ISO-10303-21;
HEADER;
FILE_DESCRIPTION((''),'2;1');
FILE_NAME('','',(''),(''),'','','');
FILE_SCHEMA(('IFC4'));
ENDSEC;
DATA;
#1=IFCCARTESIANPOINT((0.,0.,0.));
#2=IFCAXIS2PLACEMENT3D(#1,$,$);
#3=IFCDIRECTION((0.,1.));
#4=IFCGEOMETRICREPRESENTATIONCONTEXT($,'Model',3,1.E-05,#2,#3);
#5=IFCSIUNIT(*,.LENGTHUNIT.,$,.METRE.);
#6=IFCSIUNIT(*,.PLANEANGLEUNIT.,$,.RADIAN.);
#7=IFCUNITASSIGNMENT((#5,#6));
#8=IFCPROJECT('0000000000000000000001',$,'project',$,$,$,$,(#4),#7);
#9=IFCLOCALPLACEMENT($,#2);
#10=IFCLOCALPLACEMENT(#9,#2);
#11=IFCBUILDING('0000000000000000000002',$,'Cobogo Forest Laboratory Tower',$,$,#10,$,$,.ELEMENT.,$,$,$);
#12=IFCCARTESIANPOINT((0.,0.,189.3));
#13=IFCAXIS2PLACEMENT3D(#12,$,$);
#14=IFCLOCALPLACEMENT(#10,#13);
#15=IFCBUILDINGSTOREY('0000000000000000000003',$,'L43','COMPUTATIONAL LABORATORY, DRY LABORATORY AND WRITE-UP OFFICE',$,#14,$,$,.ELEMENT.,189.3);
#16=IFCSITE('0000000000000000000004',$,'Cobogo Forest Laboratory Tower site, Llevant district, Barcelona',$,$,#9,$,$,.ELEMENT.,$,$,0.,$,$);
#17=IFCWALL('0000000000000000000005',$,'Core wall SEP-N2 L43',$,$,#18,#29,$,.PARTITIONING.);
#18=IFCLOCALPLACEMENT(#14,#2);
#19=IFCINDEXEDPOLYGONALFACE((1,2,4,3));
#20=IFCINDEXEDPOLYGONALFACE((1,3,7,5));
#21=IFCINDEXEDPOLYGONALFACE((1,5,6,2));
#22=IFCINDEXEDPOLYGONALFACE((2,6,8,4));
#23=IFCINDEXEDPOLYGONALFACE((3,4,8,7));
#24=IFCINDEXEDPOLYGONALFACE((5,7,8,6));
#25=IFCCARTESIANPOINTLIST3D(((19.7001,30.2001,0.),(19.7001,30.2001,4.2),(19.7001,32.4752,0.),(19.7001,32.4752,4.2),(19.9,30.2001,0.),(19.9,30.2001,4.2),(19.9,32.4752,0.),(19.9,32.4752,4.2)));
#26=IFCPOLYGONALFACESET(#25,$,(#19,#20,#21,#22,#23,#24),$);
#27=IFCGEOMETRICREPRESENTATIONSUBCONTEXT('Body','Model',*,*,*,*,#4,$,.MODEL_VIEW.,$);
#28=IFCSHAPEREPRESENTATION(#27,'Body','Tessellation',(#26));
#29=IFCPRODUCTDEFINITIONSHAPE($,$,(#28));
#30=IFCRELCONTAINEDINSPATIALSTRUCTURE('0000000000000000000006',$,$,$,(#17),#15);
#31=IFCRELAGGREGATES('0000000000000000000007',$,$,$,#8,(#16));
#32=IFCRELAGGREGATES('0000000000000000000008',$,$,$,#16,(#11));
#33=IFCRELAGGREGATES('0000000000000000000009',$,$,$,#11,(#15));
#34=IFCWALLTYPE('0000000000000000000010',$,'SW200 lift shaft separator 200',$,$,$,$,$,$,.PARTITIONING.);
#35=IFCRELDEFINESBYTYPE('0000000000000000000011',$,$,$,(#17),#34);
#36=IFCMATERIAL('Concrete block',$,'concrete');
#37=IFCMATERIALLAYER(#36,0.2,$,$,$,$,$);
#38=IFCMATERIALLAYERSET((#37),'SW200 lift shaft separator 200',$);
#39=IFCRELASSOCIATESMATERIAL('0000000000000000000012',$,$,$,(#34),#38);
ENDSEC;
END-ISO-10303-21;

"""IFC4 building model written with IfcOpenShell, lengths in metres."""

from ifc_helpers import new_model, si_unit, direction, frame, frame_2d, origin, place, context, subcontext, project, spatial, rectangle, extrude, material, layer, layer_set, type_object, element, save


model = new_model("IFC4")

# Units and contexts
model_context = context("Model", 3, precision=1e-05, world=origin(), true_north=direction((0.0, 1.0)))
body_context = subcontext(model_context, "Body", "Model", "MODEL_VIEW")
ifc_project = project(units=[si_unit("LENGTHUNIT", "METRE"), si_unit("PLANEANGLEUNIT", "RADIAN")], contexts=[model_context])

# Site, building, storey
site_placement = place(None, origin())
site = spatial("IfcSite", under=ifc_project, at=site_placement, Name="Cobogo Forest Laboratory Tower site, Llevant district, Barcelona", CompositionType="ELEMENT", RefElevation=0.0)
building_placement = place(site_placement, origin())
building = spatial("IfcBuilding", under=site, at=building_placement, Name="Cobogo Forest Laboratory Tower", CompositionType="ELEMENT")
storey_placement = place(building_placement, frame((0.0, 0.0, 189.3)))
storey = spatial("IfcBuildingStorey", under=building, at=storey_placement, Name="L43", Description="COMPUTATIONAL LABORATORY, DRY LABORATORY AND WRITE-UP OFFICE", CompositionType="ELEMENT", Elevation=189.3)

# Wall
ifc_material_1 = material(Name="Concrete block", Category="concrete")
ifc_layer_1 = layer(ifc_material_1, 0.2)
ifc_layer_set_1 = layer_set([ifc_layer_1], Name="SW200 lift shaft separator 200")
wall_type_1 = type_object("IfcWallType", Name="SW200 lift shaft separator 200", PredefinedType="PARTITIONING", material=ifc_layer_set_1)
for number, where, z_axis, x_axis, name in (
    (1, (19.8, 30.2, 0.0), (0.0, 0.0, 1.0), (0.0, 1.0, 0.0), "Core wall SEP-N2 L43"),
):
    element("IfcWall", number, at=place(storey_placement, frame(where, z_axis=z_axis, x_axis=x_axis)), inside=storey, type_object=wall_type_1, Name=name, PredefinedType="PARTITIONING", context=body_context, shape_type="SweptSolid", body=[
        extrude(rectangle(XDim=2.2751, YDim=0.2, at=frame_2d((1.1377, 0.0))), origin(), (0.0, 0.0, 1.0), 4.2),
    ])

save(model, "model.ifc")
